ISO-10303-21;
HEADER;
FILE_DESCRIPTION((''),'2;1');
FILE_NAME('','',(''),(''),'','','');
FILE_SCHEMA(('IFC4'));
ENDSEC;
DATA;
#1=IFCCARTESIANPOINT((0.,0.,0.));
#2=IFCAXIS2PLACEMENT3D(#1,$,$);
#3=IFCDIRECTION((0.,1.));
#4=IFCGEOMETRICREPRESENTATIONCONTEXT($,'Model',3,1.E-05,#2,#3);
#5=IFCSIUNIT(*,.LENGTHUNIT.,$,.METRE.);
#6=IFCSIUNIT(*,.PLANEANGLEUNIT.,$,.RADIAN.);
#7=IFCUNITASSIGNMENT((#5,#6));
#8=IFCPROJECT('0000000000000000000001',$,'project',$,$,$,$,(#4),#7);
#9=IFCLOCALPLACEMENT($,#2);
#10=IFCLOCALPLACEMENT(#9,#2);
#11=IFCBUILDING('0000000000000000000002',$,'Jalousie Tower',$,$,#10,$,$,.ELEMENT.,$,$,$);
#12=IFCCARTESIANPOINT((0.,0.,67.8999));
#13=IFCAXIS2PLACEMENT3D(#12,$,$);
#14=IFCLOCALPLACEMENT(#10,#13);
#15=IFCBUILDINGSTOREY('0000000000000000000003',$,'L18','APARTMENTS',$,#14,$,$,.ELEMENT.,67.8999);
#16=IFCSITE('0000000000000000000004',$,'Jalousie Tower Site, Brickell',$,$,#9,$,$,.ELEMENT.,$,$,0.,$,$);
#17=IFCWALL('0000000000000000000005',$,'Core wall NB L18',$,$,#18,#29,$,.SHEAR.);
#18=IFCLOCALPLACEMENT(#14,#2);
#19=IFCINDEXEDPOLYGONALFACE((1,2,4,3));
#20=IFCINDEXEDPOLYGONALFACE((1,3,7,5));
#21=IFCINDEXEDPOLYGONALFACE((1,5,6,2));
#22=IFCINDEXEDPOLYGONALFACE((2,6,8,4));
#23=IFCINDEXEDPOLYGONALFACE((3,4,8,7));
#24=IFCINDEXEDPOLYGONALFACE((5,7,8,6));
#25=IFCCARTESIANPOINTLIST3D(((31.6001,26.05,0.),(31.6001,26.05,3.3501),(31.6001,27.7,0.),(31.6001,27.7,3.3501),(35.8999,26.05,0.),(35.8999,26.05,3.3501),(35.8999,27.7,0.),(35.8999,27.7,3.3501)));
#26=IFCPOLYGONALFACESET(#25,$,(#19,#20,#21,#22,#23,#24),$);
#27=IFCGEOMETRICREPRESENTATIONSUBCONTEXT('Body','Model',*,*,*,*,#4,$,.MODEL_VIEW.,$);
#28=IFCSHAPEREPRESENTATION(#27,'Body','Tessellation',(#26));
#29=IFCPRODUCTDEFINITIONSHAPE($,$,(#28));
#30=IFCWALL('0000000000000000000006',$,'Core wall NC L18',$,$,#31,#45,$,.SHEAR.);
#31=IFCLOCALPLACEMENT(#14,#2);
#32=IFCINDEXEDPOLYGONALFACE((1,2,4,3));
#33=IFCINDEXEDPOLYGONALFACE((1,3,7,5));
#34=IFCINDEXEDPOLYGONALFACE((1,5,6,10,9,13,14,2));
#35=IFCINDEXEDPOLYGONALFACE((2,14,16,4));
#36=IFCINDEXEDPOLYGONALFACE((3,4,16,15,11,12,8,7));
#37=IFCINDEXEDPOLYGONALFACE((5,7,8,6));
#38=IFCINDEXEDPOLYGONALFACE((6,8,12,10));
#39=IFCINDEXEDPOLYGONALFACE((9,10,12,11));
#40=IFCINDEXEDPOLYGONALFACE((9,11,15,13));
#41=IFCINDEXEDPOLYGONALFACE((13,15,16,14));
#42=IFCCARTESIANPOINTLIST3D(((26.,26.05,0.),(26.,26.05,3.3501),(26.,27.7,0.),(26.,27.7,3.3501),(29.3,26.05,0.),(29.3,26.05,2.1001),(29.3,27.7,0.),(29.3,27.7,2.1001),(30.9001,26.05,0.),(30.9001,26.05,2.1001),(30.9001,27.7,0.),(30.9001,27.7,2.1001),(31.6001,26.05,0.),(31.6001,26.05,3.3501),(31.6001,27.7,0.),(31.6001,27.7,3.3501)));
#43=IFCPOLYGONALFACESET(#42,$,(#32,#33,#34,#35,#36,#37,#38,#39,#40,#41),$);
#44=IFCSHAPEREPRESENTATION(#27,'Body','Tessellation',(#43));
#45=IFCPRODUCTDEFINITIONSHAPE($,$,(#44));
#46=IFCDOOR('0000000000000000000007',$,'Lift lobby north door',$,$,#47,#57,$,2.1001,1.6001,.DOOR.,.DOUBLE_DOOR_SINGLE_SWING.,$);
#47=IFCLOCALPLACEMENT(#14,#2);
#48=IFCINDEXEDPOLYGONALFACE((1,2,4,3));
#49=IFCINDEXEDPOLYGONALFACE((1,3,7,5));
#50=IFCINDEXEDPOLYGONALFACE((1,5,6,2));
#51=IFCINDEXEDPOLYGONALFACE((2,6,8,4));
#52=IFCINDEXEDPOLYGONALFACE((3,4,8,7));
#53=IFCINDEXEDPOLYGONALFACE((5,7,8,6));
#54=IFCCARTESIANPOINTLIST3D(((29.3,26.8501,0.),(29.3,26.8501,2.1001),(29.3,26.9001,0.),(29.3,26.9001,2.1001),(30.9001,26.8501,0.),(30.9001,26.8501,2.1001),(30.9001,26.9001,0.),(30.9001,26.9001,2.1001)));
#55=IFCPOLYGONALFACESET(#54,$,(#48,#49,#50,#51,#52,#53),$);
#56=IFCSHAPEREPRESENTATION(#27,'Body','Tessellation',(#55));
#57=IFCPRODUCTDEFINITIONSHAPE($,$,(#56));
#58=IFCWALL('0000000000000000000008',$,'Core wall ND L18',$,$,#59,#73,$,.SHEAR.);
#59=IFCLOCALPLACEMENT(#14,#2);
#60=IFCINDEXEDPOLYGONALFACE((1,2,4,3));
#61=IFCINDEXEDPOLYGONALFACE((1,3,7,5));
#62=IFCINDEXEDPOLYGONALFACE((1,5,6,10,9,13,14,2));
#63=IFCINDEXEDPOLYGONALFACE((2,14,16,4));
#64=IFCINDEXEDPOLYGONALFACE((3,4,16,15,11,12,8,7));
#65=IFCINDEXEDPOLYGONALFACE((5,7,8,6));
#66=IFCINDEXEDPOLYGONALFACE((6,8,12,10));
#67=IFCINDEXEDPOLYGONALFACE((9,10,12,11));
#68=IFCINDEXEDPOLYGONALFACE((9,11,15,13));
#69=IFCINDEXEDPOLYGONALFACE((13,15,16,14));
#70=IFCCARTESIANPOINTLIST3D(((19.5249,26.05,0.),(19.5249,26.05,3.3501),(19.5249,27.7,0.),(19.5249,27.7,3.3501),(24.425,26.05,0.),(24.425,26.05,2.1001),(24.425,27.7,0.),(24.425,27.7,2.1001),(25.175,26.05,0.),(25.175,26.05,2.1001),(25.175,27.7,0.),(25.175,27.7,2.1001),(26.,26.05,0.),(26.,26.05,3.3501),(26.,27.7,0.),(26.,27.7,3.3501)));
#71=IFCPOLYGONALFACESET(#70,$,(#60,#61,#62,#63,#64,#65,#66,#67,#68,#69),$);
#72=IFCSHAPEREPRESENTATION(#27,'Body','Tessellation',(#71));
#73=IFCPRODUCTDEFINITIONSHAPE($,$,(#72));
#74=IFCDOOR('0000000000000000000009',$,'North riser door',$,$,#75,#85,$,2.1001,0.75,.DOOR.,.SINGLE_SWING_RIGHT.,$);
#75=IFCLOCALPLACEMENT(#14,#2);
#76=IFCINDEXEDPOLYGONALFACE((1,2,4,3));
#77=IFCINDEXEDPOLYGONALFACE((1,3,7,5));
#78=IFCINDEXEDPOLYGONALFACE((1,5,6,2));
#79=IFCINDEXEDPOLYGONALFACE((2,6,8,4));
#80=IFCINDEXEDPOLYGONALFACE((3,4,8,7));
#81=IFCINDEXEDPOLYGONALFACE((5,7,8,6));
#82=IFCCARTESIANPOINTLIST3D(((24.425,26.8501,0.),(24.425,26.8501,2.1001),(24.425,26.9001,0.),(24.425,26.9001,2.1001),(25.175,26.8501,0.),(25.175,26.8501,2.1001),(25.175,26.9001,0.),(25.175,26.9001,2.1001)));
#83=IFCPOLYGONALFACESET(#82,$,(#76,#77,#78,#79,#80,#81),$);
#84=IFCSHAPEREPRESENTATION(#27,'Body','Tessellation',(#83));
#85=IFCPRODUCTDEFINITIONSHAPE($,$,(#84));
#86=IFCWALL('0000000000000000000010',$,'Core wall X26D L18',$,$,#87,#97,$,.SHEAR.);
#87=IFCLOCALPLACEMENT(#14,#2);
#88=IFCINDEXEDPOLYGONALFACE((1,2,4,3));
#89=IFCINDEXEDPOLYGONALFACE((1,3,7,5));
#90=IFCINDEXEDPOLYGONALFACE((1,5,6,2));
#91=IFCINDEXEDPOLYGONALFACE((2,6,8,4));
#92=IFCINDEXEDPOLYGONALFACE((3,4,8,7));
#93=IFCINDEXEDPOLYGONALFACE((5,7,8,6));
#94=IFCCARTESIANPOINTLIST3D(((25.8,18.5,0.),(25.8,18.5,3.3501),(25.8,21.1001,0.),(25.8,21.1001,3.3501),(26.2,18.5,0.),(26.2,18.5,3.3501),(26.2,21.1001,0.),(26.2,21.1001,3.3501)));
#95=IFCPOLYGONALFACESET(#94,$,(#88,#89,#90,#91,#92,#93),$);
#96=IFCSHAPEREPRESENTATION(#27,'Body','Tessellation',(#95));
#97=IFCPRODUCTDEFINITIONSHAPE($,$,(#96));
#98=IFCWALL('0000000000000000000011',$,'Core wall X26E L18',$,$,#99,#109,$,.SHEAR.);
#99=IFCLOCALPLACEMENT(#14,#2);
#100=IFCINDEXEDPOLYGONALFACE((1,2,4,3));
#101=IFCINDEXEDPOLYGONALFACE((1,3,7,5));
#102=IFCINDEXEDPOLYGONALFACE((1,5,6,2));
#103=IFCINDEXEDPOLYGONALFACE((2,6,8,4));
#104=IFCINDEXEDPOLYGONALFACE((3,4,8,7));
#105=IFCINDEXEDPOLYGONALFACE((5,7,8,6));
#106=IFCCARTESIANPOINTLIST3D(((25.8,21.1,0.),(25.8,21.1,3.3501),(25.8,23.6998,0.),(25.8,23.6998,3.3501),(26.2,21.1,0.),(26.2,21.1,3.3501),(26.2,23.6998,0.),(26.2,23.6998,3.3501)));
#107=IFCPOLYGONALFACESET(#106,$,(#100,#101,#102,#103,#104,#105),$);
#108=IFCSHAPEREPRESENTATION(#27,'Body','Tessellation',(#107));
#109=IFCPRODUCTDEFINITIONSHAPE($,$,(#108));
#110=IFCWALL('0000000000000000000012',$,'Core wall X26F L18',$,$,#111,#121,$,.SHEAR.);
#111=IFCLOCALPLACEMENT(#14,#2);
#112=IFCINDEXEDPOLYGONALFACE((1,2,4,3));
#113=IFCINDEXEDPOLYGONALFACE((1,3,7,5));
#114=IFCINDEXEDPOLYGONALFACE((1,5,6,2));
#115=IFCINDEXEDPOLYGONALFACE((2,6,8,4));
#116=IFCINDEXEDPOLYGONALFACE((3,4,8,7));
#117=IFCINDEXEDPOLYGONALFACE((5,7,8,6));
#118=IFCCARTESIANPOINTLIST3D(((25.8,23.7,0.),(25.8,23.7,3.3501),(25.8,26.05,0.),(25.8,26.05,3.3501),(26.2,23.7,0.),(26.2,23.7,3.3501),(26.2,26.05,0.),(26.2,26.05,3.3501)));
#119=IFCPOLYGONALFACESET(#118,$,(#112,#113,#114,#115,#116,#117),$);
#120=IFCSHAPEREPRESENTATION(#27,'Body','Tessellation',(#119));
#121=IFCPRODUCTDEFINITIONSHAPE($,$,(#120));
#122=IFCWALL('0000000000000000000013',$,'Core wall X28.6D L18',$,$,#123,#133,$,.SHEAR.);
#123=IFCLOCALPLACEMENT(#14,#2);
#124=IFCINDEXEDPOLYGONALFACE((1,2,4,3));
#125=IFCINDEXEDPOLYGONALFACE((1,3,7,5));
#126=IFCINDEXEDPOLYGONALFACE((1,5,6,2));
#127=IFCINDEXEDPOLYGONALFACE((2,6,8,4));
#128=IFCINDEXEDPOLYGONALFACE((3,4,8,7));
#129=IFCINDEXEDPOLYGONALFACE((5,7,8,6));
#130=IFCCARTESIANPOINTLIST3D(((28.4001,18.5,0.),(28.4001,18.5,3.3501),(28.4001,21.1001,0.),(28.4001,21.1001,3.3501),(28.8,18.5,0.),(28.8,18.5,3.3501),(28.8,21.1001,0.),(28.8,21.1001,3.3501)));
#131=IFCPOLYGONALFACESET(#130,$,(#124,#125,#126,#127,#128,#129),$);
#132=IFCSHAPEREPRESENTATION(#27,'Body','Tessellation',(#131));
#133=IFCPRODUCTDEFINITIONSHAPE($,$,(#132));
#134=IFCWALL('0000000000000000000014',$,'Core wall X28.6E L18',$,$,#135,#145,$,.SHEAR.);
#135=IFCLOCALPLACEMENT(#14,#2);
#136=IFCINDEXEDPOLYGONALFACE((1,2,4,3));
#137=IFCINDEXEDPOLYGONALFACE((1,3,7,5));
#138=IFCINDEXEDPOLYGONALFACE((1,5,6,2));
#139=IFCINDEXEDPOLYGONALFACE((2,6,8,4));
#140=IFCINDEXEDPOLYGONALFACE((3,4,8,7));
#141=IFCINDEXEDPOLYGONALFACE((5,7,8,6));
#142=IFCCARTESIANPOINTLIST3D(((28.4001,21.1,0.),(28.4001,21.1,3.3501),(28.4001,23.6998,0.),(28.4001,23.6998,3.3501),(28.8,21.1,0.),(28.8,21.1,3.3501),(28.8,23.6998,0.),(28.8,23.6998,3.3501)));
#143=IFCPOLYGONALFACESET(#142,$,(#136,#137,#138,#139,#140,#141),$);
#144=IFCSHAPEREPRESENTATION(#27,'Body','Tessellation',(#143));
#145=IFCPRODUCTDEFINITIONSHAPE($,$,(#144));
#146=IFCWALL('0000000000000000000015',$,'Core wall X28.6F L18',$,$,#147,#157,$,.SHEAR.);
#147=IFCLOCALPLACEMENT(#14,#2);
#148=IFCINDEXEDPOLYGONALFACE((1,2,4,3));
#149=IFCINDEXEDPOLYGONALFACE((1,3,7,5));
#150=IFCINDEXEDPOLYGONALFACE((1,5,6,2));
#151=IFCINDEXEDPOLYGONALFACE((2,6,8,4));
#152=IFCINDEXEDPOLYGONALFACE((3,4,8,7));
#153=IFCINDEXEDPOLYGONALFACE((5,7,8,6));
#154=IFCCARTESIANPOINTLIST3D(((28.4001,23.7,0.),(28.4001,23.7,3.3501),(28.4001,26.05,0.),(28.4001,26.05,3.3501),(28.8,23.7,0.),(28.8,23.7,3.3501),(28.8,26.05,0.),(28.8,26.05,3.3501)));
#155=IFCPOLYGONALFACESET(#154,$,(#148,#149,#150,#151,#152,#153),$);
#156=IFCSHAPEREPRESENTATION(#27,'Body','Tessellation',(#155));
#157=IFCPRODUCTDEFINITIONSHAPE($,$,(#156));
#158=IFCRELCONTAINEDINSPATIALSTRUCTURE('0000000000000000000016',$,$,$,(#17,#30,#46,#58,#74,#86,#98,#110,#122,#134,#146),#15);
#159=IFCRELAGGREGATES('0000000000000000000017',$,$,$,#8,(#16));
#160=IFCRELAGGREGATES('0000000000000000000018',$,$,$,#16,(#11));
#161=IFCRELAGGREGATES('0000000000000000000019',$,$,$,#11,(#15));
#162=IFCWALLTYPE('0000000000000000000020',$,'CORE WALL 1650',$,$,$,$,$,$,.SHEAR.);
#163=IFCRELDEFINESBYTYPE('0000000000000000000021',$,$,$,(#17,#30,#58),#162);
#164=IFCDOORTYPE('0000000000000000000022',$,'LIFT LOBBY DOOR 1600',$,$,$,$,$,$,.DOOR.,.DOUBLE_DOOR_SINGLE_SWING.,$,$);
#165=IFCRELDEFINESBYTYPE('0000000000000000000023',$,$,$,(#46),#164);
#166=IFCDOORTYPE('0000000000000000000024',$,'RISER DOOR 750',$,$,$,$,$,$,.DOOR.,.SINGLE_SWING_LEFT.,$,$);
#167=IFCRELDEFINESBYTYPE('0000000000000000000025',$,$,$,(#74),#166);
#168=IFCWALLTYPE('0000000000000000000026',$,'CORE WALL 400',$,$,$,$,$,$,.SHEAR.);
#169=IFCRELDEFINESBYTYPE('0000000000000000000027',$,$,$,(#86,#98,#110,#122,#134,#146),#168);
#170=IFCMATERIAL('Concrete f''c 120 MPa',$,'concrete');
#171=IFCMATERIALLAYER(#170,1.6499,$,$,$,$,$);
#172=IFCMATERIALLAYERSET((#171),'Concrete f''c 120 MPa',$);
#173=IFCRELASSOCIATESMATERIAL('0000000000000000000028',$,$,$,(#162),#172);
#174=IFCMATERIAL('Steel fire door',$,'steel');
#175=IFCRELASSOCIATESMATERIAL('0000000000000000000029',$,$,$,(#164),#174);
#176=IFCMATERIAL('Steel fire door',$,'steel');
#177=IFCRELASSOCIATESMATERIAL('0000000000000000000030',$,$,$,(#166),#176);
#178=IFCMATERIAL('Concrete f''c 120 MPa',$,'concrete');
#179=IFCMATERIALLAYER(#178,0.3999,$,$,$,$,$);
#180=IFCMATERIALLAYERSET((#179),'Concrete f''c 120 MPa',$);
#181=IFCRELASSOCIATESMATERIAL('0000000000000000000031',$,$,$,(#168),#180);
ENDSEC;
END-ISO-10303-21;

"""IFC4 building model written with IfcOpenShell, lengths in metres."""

from ifc_helpers import new_model, si_unit, direction, frame, frame_2d, origin, place, context, subcontext, project, spatial, rectangle, extrude, material, layer, layer_set, type_object, element, fill, save


model = new_model("IFC4")

# Units and contexts
model_context = context("Model", 3, precision=1e-05, world=origin(), true_north=direction((0.0, 1.0)))
body_context = subcontext(model_context, "Body", "Model", "MODEL_VIEW")
ifc_project = project(units=[si_unit("LENGTHUNIT", "METRE"), si_unit("PLANEANGLEUNIT", "RADIAN")], contexts=[model_context])

# Site, building, storey
site_placement = place(None, origin())
site = spatial("IfcSite", under=ifc_project, at=site_placement, Name="Jalousie Tower Site, Brickell", CompositionType="ELEMENT", RefElevation=0.0)
building_placement = place(site_placement, origin())
building = spatial("IfcBuilding", under=site, at=building_placement, Name="Jalousie Tower", CompositionType="ELEMENT")
storey_placement = place(building_placement, frame((0.0, 0.0, 67.8999)))
storey = spatial("IfcBuildingStorey", under=building, at=storey_placement, Name="L18", Description="APARTMENTS", CompositionType="ELEMENT", Elevation=67.8999)

# Wall
ifc_material_1 = material(Name="Concrete f'c 120 MPa", Category="concrete")
ifc_layer_1 = layer(ifc_material_1, 1.6499)
ifc_layer_set_1 = layer_set([ifc_layer_1], Name="Concrete f'c 120 MPa")
wall_type_1 = type_object("IfcWallType", Name="CORE WALL 1650", PredefinedType="SHEAR", material=ifc_layer_set_1)
wall_1_placement = place(storey_placement, frame((35.8999, 26.875, 0.0), z_axis=(0.0, 0.0, 1.0), x_axis=(-1.0, 0.0, 0.0)))
element("IfcWall", 1, at=wall_1_placement, inside=storey, type_object=wall_type_1, Name="Core wall NB L18", PredefinedType="SHEAR", context=body_context, shape_type="SweptSolid", body=[
    extrude(rectangle(XDim=4.2998, YDim=1.6499, at=frame_2d((2.1499, 0.0))), origin(), (0.0, 0.0, 1.0), 3.3501),
])

# Walls, openings, doors
wall_2_placement = place(storey_placement, frame((31.6001, 26.875, 0.0), z_axis=(0.0, 0.0, 1.0), x_axis=(-1.0, 0.0, 0.0)))
wall_2 = element("IfcWall", 2, at=wall_2_placement, inside=storey, type_object=wall_type_1, Name="Core wall NC L18", PredefinedType="SHEAR", context=body_context, shape_type="SweptSolid", body=[
    extrude(rectangle(XDim=5.6001, YDim=1.6499, at=frame_2d((2.8, 0.0))), origin(), (0.0, 0.0, 1.0), 3.3501),
])
opening_1_placement = place(wall_2_placement, frame((0.7, 0.0, 0.0)))
opening_1 = element("IfcOpeningElement", 3, at=opening_1_placement, cuts=wall_2, PredefinedType="OPENING", context=body_context, shape_type="SweptSolid", body=[
    extrude(rectangle(XDim=1.6001, YDim=2.1001, at=frame_2d((0.8, 1.05))), frame((0.0, 0.835, 0.0), z_axis=(0.0, -1.0, 0.0), x_axis=(1.0, 0.0, 0.0)), (0.0, 0.0, 1.0), 1.6699),
])
ifc_material_2 = material(Name="Steel fire door", Category="steel")
door_type_1 = type_object("IfcDoorType", Name="LIFT LOBBY DOOR 1600", OperationType="DOUBLE_DOOR_SINGLE_SWING", PredefinedType="DOOR", material=ifc_material_2)
door_1_placement = place(opening_1_placement, origin())
door_1 = element("IfcDoor", 4, at=door_1_placement, inside=storey, type_object=door_type_1, Name="Lift lobby north door", OperationType="DOUBLE_DOOR_SINGLE_SWING", OverallHeight=2.1001, OverallWidth=1.6001, PredefinedType="DOOR", context=body_context, shape_type="SweptSolid", body=[
    extrude(rectangle(XDim=1.6001, YDim=2.1001, at=frame_2d((0.8, 1.05))), frame((0.0, 0.0249, 0.0), z_axis=(0.0, -1.0, 0.0), x_axis=(1.0, 0.0, 0.0)), (0.0, 0.0, 1.0), 0.05),
])
fill(opening_1, door_1)
wall_3_placement = place(storey_placement, frame((26.0, 26.875, 0.0), z_axis=(0.0, 0.0, 1.0), x_axis=(-1.0, 0.0, 0.0)))
wall_3 = element("IfcWall", 5, at=wall_3_placement, inside=storey, type_object=wall_type_1, Name="Core wall ND L18", PredefinedType="SHEAR", context=body_context, shape_type="SweptSolid", body=[
    extrude(rectangle(XDim=6.4751, YDim=1.6499, at=frame_2d((3.2375, 0.0))), origin(), (0.0, 0.0, 1.0), 3.3501),
])
opening_2_placement = place(wall_3_placement, frame((0.825, 0.0, 0.0)))
opening_2 = element("IfcOpeningElement", 6, at=opening_2_placement, cuts=wall_3, PredefinedType="OPENING", context=body_context, shape_type="SweptSolid", body=[
    extrude(rectangle(XDim=0.75, YDim=2.1001, at=frame_2d((0.375, 1.05))), frame((0.0, 0.835, 0.0), z_axis=(0.0, -1.0, 0.0), x_axis=(1.0, 0.0, 0.0)), (0.0, 0.0, 1.0), 1.6699),
])
ifc_material_3 = material(Name="Steel fire door", Category="steel")
door_type_2 = type_object("IfcDoorType", Name="RISER DOOR 750", OperationType="SINGLE_SWING_LEFT", PredefinedType="DOOR", material=ifc_material_3)
door_2_placement = place(opening_2_placement, origin())
door_2 = element("IfcDoor", 7, at=door_2_placement, inside=storey, type_object=door_type_2, Name="North riser door", OperationType="SINGLE_SWING_RIGHT", OverallHeight=2.1001, OverallWidth=0.75, PredefinedType="DOOR", context=body_context, shape_type="SweptSolid", body=[
    extrude(rectangle(XDim=0.75, YDim=2.1001, at=frame_2d((0.375, 1.05))), frame((0.0, 0.0249, 0.0), z_axis=(0.0, -1.0, 0.0), x_axis=(1.0, 0.0, 0.0)), (0.0, 0.0, 1.0), 0.05),
])
fill(opening_2, door_2)

# Walls
ifc_material_4 = material(Name="Concrete f'c 120 MPa", Category="concrete")
ifc_layer_2 = layer(ifc_material_4, 0.3999)
ifc_layer_set_2 = layer_set([ifc_layer_2], Name="Concrete f'c 120 MPa")
wall_type_2 = type_object("IfcWallType", Name="CORE WALL 400", PredefinedType="SHEAR", material=ifc_layer_set_2)
wall_4_placement = place(storey_placement, frame((26.0, 18.5, 0.0), z_axis=(0.0, 0.0, 1.0), x_axis=(0.0, 1.0, 0.0)))
element("IfcWall", 8, at=wall_4_placement, inside=storey, type_object=wall_type_2, Name="Core wall X26D L18", PredefinedType="SHEAR", context=body_context, shape_type="SweptSolid", body=[
    extrude(rectangle(XDim=2.6001, YDim=0.3999, at=frame_2d((1.3, 0.0))), origin(), (0.0, 0.0, 1.0), 3.3501),
])
wall_5_placement = place(storey_placement, frame((26.0, 21.1001, 0.0), z_axis=(0.0, 0.0, 1.0), x_axis=(0.0, 1.0, 0.0)))
element("IfcWall", 9, at=wall_5_placement, inside=storey, type_object=wall_type_2, Name="Core wall X26E L18", PredefinedType="SHEAR", context=body_context, shape_type="SweptSolid", body=[
    extrude(rectangle(XDim=2.5999, YDim=0.3999, at=frame_2d((1.2998, 0.0))), origin(), (0.0, 0.0, 1.0), 3.3501),
])
wall_6_placement = place(storey_placement, frame((26.0, 23.7, 0.0), z_axis=(0.0, 0.0, 1.0), x_axis=(0.0, 1.0, 0.0)))
element("IfcWall", 10, at=wall_6_placement, inside=storey, type_object=wall_type_2, Name="Core wall X26F L18", PredefinedType="SHEAR", context=body_context, shape_type="SweptSolid", body=[
    extrude(rectangle(XDim=2.3501, YDim=0.3999, at=frame_2d((1.175, 0.0))), origin(), (0.0, 0.0, 1.0), 3.3501),
])
wall_7_placement = place(storey_placement, frame((28.6001, 18.5, 0.0), z_axis=(0.0, 0.0, 1.0), x_axis=(0.0, 1.0, 0.0)))
element("IfcWall", 11, at=wall_7_placement, inside=storey, type_object=wall_type_2, Name="Core wall X28.6D L18", PredefinedType="SHEAR", context=body_context, shape_type="SweptSolid", body=[
    extrude(rectangle(XDim=2.6001, YDim=0.3999, at=frame_2d((1.3, 0.0))), origin(), (0.0, 0.0, 1.0), 3.3501),
])
wall_8_placement = place(storey_placement, frame((28.6001, 21.1001, 0.0), z_axis=(0.0, 0.0, 1.0), x_axis=(0.0, 1.0, 0.0)))
element("IfcWall", 12, at=wall_8_placement, inside=storey, type_object=wall_type_2, Name="Core wall X28.6E L18", PredefinedType="SHEAR", context=body_context, shape_type="SweptSolid", body=[
    extrude(rectangle(XDim=2.5999, YDim=0.3999, at=frame_2d((1.2998, 0.0))), origin(), (0.0, 0.0, 1.0), 3.3501),
])
wall_9_placement = place(storey_placement, frame((28.6001, 23.7, 0.0), z_axis=(0.0, 0.0, 1.0), x_axis=(0.0, 1.0, 0.0)))
element("IfcWall", 13, at=wall_9_placement, inside=storey, type_object=wall_type_2, Name="Core wall X28.6F L18", PredefinedType="SHEAR", context=body_context, shape_type="SweptSolid", body=[
    extrude(rectangle(XDim=2.3501, YDim=0.3999, at=frame_2d((1.175, 0.0))), origin(), (0.0, 0.0, 1.0), 3.3501),
])

save(model, "model.ifc")
